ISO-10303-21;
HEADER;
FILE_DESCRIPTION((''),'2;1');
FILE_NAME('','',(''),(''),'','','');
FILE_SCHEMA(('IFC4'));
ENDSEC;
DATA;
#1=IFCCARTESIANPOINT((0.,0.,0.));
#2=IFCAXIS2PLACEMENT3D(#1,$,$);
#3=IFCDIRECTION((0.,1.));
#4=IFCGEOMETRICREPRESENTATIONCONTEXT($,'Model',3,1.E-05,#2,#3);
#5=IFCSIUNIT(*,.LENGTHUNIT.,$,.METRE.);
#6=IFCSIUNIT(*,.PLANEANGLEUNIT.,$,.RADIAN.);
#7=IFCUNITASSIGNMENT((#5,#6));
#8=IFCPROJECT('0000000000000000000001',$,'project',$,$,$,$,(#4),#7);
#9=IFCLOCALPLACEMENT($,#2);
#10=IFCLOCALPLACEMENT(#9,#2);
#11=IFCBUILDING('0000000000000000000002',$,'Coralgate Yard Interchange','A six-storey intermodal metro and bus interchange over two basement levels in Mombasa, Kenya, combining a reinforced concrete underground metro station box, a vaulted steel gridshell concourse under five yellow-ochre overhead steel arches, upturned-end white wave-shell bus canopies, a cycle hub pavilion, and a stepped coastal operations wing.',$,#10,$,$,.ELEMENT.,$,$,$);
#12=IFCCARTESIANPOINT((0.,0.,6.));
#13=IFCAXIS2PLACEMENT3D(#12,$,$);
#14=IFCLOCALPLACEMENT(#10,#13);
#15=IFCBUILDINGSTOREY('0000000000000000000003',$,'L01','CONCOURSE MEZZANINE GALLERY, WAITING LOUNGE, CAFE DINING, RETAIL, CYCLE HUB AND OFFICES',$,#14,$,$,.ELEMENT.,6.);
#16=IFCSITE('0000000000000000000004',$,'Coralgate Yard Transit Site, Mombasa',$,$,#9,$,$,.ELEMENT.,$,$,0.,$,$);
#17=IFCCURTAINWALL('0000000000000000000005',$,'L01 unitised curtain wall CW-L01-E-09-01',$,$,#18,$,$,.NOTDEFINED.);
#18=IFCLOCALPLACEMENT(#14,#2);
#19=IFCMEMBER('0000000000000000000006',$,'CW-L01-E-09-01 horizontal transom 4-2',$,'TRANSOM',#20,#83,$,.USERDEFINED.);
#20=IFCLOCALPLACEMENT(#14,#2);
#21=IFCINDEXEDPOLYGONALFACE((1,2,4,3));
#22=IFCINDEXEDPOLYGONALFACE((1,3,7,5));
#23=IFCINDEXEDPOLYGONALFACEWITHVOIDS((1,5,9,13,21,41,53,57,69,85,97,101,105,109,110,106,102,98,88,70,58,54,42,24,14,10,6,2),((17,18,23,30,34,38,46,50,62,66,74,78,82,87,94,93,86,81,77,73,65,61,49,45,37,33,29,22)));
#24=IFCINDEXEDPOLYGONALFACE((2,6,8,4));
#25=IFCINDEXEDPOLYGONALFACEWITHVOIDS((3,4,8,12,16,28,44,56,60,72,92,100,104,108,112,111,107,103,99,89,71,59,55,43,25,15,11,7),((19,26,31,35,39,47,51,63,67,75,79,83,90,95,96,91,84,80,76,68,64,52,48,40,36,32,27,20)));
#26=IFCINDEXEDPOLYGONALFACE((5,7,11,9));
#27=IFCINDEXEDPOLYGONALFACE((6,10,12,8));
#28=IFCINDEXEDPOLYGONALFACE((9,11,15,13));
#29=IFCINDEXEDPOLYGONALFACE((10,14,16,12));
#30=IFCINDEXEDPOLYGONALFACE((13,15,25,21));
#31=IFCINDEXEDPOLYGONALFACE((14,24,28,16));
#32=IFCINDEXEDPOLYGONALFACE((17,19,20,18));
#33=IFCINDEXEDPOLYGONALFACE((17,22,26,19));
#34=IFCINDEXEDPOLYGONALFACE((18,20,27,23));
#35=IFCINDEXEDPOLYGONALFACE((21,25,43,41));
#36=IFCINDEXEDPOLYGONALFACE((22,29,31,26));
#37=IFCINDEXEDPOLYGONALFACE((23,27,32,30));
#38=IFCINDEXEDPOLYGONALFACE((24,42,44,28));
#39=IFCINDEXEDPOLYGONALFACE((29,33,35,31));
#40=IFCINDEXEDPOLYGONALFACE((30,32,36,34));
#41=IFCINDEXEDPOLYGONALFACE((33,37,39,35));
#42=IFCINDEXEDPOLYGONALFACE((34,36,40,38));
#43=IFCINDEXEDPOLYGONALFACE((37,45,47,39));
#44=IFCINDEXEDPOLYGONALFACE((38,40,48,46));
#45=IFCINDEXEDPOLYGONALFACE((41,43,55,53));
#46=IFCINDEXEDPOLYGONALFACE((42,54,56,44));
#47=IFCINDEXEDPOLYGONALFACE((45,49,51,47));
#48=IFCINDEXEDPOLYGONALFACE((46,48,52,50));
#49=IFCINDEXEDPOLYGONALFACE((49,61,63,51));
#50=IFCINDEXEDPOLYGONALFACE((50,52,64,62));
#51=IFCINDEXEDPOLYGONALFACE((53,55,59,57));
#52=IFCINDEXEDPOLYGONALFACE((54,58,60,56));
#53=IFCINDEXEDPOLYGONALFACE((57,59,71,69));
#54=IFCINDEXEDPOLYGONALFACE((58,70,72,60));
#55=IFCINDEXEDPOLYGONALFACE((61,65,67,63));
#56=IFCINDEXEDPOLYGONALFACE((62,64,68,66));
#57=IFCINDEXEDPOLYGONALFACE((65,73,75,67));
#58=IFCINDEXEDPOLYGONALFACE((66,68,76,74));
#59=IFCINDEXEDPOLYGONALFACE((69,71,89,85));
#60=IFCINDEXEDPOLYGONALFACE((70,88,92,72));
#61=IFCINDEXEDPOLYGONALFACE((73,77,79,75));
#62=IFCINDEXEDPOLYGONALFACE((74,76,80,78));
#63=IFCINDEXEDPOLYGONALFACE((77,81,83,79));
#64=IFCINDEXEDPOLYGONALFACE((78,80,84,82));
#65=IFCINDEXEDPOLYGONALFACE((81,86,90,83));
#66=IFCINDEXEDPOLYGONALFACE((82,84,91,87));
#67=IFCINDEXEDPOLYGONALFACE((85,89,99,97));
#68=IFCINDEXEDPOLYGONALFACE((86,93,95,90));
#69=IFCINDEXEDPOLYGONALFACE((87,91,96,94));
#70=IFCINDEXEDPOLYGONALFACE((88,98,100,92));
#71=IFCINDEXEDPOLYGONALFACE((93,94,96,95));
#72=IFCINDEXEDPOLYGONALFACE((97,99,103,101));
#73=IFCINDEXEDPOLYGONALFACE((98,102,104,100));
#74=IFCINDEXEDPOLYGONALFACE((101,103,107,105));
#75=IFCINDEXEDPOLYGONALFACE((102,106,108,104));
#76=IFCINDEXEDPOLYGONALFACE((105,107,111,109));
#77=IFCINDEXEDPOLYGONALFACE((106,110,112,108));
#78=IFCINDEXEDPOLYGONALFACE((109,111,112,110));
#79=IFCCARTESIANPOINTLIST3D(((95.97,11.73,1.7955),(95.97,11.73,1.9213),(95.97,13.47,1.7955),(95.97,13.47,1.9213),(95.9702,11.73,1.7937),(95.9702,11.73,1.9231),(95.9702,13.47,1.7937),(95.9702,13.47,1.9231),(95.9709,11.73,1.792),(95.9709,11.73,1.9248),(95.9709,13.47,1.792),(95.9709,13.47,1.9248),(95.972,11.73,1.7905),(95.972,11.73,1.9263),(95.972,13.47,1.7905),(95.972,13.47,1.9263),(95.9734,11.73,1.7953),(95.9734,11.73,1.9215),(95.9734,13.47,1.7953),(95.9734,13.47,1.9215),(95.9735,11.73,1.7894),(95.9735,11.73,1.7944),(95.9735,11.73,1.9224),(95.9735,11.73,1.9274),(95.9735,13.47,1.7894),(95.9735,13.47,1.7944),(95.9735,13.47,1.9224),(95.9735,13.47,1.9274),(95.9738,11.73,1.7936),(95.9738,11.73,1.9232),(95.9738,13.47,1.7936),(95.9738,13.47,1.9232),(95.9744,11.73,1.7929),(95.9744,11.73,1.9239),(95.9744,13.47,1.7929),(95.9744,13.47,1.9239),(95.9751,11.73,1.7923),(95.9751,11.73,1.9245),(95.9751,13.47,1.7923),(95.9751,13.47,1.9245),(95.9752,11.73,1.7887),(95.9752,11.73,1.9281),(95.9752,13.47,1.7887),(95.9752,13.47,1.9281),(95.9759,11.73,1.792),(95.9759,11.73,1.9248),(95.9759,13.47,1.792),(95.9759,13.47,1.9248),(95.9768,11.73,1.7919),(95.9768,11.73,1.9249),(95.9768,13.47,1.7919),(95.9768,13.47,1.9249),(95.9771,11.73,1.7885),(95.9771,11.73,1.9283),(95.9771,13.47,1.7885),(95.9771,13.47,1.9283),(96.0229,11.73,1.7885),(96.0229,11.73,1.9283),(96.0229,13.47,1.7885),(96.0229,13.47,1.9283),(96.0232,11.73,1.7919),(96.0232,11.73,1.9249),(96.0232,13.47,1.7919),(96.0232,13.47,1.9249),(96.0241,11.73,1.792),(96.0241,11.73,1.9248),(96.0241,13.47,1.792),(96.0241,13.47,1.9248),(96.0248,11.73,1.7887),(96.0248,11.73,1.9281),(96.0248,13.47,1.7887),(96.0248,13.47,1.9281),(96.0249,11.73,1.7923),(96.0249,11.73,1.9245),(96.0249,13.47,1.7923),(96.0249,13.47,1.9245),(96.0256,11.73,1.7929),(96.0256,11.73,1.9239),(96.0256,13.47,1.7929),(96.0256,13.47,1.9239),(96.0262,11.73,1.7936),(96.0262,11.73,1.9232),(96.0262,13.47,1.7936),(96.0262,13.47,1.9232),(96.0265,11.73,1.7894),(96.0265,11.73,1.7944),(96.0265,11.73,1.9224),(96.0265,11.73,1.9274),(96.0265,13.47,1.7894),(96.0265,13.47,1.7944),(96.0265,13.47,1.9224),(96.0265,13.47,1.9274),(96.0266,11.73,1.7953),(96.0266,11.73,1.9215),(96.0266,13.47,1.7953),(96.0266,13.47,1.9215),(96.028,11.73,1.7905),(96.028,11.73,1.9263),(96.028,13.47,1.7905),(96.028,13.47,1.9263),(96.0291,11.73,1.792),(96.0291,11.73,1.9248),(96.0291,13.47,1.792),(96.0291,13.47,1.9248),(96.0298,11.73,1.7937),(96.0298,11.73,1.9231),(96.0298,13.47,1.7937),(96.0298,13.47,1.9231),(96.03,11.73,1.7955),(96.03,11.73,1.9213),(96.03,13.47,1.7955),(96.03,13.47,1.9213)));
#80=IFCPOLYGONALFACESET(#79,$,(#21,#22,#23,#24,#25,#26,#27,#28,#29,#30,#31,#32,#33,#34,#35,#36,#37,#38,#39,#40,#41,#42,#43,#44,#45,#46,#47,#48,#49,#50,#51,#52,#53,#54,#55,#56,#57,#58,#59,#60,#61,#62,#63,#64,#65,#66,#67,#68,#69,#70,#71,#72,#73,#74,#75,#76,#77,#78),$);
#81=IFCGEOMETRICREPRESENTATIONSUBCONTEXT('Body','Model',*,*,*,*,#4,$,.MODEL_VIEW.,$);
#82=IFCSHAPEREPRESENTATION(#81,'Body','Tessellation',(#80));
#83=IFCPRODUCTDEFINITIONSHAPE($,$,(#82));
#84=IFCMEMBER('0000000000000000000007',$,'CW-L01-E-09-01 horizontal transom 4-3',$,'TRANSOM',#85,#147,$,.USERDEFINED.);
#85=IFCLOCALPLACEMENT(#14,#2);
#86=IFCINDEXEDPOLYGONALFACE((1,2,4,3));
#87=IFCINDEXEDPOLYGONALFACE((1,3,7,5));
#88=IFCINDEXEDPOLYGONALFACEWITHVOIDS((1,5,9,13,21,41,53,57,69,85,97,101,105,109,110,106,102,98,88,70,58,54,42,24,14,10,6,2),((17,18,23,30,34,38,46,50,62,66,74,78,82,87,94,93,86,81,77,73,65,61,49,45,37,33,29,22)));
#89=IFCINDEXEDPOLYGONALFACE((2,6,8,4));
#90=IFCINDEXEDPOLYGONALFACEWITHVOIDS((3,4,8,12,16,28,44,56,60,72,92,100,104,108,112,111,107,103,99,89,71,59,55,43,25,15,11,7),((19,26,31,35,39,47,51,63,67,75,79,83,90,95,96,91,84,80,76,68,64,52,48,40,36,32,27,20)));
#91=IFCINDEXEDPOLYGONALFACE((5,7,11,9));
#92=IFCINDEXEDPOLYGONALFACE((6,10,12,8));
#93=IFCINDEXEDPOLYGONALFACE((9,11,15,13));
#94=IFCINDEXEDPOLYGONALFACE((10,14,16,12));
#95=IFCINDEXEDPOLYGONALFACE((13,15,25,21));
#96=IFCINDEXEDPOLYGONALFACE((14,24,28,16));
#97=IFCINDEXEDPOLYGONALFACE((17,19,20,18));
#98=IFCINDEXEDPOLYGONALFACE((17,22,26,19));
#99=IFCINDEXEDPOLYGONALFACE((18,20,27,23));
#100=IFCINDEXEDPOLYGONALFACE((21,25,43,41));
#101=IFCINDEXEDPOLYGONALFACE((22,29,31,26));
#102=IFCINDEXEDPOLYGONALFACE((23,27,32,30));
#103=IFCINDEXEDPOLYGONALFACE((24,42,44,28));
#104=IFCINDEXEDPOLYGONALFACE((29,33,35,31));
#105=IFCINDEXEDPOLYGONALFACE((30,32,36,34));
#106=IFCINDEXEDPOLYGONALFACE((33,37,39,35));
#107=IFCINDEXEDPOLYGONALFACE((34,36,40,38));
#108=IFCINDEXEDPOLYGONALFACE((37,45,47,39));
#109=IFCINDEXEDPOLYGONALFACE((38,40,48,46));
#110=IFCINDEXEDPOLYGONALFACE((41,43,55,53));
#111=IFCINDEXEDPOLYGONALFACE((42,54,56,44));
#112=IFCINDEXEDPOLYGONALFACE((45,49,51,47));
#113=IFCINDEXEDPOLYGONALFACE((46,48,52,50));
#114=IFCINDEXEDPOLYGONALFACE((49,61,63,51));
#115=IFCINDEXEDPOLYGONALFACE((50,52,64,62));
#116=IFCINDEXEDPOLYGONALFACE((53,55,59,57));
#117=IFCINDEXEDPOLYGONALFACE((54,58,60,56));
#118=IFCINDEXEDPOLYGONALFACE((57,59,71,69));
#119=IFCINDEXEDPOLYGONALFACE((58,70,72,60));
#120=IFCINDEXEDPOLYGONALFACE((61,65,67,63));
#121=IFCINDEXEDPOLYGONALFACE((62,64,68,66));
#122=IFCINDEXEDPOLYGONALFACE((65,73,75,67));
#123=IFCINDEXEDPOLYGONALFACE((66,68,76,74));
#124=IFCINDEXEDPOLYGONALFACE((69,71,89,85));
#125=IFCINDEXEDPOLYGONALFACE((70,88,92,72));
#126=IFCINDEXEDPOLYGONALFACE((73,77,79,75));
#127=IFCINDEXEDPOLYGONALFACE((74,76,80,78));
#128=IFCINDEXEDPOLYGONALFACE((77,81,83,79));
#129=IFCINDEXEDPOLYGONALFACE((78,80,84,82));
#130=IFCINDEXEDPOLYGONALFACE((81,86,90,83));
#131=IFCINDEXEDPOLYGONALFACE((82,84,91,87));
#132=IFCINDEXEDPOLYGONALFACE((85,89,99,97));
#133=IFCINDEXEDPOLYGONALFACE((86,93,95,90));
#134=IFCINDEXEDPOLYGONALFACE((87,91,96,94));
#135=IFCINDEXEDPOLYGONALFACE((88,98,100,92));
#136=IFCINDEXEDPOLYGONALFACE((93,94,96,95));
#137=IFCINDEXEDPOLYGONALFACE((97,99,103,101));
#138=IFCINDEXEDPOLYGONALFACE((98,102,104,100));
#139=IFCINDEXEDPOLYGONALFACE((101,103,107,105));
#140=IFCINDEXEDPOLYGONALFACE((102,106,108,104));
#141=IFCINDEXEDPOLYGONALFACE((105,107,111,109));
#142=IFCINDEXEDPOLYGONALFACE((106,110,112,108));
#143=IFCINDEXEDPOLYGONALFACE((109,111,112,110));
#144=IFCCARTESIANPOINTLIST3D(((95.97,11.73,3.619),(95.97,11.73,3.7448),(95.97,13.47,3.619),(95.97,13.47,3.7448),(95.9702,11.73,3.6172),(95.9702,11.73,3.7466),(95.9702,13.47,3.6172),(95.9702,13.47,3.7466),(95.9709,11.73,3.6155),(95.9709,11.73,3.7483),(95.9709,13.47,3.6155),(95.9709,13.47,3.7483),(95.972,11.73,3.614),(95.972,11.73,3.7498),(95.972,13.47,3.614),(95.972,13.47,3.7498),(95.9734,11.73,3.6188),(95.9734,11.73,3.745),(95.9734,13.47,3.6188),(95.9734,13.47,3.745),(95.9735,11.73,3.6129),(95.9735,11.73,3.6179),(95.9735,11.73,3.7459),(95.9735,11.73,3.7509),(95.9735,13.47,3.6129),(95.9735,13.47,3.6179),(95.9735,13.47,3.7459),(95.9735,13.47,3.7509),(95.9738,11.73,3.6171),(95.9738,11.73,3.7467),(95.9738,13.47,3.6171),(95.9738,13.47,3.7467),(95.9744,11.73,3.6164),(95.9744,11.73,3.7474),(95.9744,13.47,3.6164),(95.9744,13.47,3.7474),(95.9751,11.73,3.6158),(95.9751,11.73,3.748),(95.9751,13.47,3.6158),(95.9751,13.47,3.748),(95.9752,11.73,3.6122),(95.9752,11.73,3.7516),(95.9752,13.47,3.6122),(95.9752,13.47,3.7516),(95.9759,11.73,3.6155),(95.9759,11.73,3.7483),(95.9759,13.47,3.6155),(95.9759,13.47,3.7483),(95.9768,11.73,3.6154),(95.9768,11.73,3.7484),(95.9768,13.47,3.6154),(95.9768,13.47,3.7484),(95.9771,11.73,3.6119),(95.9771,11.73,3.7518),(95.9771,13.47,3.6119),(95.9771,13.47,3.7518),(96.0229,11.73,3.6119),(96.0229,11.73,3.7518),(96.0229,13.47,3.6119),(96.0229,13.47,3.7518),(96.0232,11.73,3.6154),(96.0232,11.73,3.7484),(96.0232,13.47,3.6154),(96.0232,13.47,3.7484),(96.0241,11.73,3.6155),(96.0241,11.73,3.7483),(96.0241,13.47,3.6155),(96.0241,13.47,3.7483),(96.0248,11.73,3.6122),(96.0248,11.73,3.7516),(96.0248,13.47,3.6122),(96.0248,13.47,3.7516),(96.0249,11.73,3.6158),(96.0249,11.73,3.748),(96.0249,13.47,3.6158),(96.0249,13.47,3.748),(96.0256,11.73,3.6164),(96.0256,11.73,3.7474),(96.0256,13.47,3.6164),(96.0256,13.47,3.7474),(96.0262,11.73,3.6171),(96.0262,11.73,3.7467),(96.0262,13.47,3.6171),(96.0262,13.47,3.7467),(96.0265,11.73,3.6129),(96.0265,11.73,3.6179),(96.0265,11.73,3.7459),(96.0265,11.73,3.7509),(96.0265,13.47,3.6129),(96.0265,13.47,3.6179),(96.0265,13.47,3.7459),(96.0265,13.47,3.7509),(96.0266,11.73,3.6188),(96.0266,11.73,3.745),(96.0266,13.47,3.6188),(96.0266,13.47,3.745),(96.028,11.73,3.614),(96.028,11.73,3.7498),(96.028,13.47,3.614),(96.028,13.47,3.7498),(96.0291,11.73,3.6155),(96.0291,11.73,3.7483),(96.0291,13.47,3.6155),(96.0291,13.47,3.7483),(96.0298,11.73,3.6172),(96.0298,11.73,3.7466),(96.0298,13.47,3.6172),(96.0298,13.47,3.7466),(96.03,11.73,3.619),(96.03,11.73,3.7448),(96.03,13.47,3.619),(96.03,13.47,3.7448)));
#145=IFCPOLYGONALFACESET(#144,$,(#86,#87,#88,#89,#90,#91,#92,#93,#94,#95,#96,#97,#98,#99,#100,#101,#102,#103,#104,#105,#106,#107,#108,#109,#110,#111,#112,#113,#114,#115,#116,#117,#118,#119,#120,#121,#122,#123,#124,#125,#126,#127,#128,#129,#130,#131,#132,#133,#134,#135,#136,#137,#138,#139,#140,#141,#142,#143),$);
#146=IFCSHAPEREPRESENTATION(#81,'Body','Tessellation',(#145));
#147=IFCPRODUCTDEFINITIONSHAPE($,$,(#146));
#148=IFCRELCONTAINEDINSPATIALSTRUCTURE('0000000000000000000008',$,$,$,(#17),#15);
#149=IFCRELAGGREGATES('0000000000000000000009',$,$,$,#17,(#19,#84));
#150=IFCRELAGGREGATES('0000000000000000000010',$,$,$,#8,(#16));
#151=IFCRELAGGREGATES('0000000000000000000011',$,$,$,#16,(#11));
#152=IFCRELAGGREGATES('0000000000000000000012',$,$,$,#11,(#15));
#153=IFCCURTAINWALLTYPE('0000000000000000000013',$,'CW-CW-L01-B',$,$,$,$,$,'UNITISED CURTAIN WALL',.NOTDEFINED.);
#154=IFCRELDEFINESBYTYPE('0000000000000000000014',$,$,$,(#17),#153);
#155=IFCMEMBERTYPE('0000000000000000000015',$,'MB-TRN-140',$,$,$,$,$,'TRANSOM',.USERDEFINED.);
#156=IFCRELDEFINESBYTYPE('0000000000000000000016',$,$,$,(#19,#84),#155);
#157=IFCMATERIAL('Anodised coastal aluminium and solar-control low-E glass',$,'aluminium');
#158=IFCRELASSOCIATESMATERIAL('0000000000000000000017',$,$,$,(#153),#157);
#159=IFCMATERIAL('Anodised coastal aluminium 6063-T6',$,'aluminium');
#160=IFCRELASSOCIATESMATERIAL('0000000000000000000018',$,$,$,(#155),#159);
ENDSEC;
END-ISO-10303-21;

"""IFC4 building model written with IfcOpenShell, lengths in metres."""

from ifc_helpers import new_model, si_unit, direction, frame, origin, origin_2d, place, context, subcontext, project, spatial, hollow_rectangle, extrude, material, material_profile, profile_set, type_object, element, aggregate, save


model = new_model("IFC4")

# Units and contexts
model_context = context("Model", 3, precision=1e-05, world=origin(), true_north=direction((0.0, 1.0)))
body_context = subcontext(model_context, "Body", "Model", "MODEL_VIEW")
ifc_project = project(units=[si_unit("LENGTHUNIT", "METRE"), si_unit("PLANEANGLEUNIT", "RADIAN")], contexts=[model_context])

# Site, building, storey
site_placement = place(None, origin())
site = spatial("IfcSite", under=ifc_project, at=site_placement, Name="Coralgate Yard Transit Site, Mombasa", CompositionType="ELEMENT", RefElevation=0.0)
building_placement = place(site_placement, origin())
building = spatial("IfcBuilding", under=site, at=building_placement, Name="Coralgate Yard Interchange", Description="A six-storey intermodal metro and bus interchange over two basement levels in Mombasa, Kenya, combining a reinforced concrete underground metro station box, a vaulted steel gridshell concourse under five yellow-ochre overhead steel arches, upturned-end white wave-shell bus canopies, a cycle hub pavilion, and a stepped coastal operations wing.", CompositionType="ELEMENT")
storey_placement = place(building_placement, frame((0.0, 0.0, 6.0)))
storey = spatial("IfcBuildingStorey", under=building, at=storey_placement, Name="L01", Description="CONCOURSE MEZZANINE GALLERY, WAITING LOUNGE, CAFE DINING, RETAIL, CYCLE HUB AND OFFICES", CompositionType="ELEMENT", Elevation=6.0)

# Curtain wall
ifc_material_1 = material(Name="Anodised coastal aluminium and solar-control low-E glass", Category="aluminium")
curtain_wall_type = type_object("IfcCurtainWallType", Name="CW-CW-L01-B", ElementType="UNITISED CURTAIN WALL", PredefinedType="NOTDEFINED", material=ifc_material_1)
ifc_material_2 = material(Name="Anodised coastal aluminium 6063-T6", Category="aluminium")
curtain_wall_1_placement = place(storey_placement, origin())
curtain_wall_1 = element("IfcCurtainWall", 1, at=curtain_wall_1_placement, inside=storey, type_object=curtain_wall_type, Name="L01 unitised curtain wall CW-L01-E-09-01", PredefinedType="NOTDEFINED")

# Members
ifc_material_profile_1 = material_profile(ifc_material_2, hollow_rectangle(XDim=0.0601, YDim=0.1399, WallThickness=0.0034, InnerFilletRadius=0.0034, OuterFilletRadius=0.0071, at=origin_2d()), Name="ALU 60x140x3.5")
ifc_profile_set_1 = profile_set([ifc_material_profile_1], Name="Anodised coastal aluminium 6063-T6")
member_type_1 = type_object("IfcMemberType", Name="MB-TRN-140", ElementType="TRANSOM", PredefinedType="USERDEFINED", material=ifc_profile_set_1)
member_1_placement = place(storey_placement, frame((96.0, 13.47, 1.8584), z_axis=(0.0, -1.0, 0.0), x_axis=(1.0, 0.0, 0.0)))
member_1 = element("IfcMember", 2, at=member_1_placement, type_object=member_type_1, Name="CW-L01-E-09-01 horizontal transom 4-2", ObjectType="TRANSOM", PredefinedType="USERDEFINED", context=body_context, shape_type="SweptSolid", body=[
    extrude(hollow_rectangle(XDim=0.0601, YDim=0.1399, WallThickness=0.0034, InnerFilletRadius=0.0034, OuterFilletRadius=0.0071, at=origin_2d()), origin(), (0.0, 0.0, 1.0), 1.74),
])
member_2_placement = place(storey_placement, frame((96.0, 13.47, 3.6819), z_axis=(0.0, -1.0, 0.0), x_axis=(1.0, 0.0, 0.0)))
member_2 = element("IfcMember", 3, at=member_2_placement, type_object=member_type_1, Name="CW-L01-E-09-01 horizontal transom 4-3", ObjectType="TRANSOM", PredefinedType="USERDEFINED", context=body_context, shape_type="SweptSolid", body=[
    extrude(hollow_rectangle(XDim=0.0601, YDim=0.1399, WallThickness=0.0034, InnerFilletRadius=0.0034, OuterFilletRadius=0.0071, at=origin_2d()), origin(), (0.0, 0.0, 1.0), 1.74),
])

aggregate(curtain_wall_1, [member_1, member_2])

save(model, "model.ifc")
